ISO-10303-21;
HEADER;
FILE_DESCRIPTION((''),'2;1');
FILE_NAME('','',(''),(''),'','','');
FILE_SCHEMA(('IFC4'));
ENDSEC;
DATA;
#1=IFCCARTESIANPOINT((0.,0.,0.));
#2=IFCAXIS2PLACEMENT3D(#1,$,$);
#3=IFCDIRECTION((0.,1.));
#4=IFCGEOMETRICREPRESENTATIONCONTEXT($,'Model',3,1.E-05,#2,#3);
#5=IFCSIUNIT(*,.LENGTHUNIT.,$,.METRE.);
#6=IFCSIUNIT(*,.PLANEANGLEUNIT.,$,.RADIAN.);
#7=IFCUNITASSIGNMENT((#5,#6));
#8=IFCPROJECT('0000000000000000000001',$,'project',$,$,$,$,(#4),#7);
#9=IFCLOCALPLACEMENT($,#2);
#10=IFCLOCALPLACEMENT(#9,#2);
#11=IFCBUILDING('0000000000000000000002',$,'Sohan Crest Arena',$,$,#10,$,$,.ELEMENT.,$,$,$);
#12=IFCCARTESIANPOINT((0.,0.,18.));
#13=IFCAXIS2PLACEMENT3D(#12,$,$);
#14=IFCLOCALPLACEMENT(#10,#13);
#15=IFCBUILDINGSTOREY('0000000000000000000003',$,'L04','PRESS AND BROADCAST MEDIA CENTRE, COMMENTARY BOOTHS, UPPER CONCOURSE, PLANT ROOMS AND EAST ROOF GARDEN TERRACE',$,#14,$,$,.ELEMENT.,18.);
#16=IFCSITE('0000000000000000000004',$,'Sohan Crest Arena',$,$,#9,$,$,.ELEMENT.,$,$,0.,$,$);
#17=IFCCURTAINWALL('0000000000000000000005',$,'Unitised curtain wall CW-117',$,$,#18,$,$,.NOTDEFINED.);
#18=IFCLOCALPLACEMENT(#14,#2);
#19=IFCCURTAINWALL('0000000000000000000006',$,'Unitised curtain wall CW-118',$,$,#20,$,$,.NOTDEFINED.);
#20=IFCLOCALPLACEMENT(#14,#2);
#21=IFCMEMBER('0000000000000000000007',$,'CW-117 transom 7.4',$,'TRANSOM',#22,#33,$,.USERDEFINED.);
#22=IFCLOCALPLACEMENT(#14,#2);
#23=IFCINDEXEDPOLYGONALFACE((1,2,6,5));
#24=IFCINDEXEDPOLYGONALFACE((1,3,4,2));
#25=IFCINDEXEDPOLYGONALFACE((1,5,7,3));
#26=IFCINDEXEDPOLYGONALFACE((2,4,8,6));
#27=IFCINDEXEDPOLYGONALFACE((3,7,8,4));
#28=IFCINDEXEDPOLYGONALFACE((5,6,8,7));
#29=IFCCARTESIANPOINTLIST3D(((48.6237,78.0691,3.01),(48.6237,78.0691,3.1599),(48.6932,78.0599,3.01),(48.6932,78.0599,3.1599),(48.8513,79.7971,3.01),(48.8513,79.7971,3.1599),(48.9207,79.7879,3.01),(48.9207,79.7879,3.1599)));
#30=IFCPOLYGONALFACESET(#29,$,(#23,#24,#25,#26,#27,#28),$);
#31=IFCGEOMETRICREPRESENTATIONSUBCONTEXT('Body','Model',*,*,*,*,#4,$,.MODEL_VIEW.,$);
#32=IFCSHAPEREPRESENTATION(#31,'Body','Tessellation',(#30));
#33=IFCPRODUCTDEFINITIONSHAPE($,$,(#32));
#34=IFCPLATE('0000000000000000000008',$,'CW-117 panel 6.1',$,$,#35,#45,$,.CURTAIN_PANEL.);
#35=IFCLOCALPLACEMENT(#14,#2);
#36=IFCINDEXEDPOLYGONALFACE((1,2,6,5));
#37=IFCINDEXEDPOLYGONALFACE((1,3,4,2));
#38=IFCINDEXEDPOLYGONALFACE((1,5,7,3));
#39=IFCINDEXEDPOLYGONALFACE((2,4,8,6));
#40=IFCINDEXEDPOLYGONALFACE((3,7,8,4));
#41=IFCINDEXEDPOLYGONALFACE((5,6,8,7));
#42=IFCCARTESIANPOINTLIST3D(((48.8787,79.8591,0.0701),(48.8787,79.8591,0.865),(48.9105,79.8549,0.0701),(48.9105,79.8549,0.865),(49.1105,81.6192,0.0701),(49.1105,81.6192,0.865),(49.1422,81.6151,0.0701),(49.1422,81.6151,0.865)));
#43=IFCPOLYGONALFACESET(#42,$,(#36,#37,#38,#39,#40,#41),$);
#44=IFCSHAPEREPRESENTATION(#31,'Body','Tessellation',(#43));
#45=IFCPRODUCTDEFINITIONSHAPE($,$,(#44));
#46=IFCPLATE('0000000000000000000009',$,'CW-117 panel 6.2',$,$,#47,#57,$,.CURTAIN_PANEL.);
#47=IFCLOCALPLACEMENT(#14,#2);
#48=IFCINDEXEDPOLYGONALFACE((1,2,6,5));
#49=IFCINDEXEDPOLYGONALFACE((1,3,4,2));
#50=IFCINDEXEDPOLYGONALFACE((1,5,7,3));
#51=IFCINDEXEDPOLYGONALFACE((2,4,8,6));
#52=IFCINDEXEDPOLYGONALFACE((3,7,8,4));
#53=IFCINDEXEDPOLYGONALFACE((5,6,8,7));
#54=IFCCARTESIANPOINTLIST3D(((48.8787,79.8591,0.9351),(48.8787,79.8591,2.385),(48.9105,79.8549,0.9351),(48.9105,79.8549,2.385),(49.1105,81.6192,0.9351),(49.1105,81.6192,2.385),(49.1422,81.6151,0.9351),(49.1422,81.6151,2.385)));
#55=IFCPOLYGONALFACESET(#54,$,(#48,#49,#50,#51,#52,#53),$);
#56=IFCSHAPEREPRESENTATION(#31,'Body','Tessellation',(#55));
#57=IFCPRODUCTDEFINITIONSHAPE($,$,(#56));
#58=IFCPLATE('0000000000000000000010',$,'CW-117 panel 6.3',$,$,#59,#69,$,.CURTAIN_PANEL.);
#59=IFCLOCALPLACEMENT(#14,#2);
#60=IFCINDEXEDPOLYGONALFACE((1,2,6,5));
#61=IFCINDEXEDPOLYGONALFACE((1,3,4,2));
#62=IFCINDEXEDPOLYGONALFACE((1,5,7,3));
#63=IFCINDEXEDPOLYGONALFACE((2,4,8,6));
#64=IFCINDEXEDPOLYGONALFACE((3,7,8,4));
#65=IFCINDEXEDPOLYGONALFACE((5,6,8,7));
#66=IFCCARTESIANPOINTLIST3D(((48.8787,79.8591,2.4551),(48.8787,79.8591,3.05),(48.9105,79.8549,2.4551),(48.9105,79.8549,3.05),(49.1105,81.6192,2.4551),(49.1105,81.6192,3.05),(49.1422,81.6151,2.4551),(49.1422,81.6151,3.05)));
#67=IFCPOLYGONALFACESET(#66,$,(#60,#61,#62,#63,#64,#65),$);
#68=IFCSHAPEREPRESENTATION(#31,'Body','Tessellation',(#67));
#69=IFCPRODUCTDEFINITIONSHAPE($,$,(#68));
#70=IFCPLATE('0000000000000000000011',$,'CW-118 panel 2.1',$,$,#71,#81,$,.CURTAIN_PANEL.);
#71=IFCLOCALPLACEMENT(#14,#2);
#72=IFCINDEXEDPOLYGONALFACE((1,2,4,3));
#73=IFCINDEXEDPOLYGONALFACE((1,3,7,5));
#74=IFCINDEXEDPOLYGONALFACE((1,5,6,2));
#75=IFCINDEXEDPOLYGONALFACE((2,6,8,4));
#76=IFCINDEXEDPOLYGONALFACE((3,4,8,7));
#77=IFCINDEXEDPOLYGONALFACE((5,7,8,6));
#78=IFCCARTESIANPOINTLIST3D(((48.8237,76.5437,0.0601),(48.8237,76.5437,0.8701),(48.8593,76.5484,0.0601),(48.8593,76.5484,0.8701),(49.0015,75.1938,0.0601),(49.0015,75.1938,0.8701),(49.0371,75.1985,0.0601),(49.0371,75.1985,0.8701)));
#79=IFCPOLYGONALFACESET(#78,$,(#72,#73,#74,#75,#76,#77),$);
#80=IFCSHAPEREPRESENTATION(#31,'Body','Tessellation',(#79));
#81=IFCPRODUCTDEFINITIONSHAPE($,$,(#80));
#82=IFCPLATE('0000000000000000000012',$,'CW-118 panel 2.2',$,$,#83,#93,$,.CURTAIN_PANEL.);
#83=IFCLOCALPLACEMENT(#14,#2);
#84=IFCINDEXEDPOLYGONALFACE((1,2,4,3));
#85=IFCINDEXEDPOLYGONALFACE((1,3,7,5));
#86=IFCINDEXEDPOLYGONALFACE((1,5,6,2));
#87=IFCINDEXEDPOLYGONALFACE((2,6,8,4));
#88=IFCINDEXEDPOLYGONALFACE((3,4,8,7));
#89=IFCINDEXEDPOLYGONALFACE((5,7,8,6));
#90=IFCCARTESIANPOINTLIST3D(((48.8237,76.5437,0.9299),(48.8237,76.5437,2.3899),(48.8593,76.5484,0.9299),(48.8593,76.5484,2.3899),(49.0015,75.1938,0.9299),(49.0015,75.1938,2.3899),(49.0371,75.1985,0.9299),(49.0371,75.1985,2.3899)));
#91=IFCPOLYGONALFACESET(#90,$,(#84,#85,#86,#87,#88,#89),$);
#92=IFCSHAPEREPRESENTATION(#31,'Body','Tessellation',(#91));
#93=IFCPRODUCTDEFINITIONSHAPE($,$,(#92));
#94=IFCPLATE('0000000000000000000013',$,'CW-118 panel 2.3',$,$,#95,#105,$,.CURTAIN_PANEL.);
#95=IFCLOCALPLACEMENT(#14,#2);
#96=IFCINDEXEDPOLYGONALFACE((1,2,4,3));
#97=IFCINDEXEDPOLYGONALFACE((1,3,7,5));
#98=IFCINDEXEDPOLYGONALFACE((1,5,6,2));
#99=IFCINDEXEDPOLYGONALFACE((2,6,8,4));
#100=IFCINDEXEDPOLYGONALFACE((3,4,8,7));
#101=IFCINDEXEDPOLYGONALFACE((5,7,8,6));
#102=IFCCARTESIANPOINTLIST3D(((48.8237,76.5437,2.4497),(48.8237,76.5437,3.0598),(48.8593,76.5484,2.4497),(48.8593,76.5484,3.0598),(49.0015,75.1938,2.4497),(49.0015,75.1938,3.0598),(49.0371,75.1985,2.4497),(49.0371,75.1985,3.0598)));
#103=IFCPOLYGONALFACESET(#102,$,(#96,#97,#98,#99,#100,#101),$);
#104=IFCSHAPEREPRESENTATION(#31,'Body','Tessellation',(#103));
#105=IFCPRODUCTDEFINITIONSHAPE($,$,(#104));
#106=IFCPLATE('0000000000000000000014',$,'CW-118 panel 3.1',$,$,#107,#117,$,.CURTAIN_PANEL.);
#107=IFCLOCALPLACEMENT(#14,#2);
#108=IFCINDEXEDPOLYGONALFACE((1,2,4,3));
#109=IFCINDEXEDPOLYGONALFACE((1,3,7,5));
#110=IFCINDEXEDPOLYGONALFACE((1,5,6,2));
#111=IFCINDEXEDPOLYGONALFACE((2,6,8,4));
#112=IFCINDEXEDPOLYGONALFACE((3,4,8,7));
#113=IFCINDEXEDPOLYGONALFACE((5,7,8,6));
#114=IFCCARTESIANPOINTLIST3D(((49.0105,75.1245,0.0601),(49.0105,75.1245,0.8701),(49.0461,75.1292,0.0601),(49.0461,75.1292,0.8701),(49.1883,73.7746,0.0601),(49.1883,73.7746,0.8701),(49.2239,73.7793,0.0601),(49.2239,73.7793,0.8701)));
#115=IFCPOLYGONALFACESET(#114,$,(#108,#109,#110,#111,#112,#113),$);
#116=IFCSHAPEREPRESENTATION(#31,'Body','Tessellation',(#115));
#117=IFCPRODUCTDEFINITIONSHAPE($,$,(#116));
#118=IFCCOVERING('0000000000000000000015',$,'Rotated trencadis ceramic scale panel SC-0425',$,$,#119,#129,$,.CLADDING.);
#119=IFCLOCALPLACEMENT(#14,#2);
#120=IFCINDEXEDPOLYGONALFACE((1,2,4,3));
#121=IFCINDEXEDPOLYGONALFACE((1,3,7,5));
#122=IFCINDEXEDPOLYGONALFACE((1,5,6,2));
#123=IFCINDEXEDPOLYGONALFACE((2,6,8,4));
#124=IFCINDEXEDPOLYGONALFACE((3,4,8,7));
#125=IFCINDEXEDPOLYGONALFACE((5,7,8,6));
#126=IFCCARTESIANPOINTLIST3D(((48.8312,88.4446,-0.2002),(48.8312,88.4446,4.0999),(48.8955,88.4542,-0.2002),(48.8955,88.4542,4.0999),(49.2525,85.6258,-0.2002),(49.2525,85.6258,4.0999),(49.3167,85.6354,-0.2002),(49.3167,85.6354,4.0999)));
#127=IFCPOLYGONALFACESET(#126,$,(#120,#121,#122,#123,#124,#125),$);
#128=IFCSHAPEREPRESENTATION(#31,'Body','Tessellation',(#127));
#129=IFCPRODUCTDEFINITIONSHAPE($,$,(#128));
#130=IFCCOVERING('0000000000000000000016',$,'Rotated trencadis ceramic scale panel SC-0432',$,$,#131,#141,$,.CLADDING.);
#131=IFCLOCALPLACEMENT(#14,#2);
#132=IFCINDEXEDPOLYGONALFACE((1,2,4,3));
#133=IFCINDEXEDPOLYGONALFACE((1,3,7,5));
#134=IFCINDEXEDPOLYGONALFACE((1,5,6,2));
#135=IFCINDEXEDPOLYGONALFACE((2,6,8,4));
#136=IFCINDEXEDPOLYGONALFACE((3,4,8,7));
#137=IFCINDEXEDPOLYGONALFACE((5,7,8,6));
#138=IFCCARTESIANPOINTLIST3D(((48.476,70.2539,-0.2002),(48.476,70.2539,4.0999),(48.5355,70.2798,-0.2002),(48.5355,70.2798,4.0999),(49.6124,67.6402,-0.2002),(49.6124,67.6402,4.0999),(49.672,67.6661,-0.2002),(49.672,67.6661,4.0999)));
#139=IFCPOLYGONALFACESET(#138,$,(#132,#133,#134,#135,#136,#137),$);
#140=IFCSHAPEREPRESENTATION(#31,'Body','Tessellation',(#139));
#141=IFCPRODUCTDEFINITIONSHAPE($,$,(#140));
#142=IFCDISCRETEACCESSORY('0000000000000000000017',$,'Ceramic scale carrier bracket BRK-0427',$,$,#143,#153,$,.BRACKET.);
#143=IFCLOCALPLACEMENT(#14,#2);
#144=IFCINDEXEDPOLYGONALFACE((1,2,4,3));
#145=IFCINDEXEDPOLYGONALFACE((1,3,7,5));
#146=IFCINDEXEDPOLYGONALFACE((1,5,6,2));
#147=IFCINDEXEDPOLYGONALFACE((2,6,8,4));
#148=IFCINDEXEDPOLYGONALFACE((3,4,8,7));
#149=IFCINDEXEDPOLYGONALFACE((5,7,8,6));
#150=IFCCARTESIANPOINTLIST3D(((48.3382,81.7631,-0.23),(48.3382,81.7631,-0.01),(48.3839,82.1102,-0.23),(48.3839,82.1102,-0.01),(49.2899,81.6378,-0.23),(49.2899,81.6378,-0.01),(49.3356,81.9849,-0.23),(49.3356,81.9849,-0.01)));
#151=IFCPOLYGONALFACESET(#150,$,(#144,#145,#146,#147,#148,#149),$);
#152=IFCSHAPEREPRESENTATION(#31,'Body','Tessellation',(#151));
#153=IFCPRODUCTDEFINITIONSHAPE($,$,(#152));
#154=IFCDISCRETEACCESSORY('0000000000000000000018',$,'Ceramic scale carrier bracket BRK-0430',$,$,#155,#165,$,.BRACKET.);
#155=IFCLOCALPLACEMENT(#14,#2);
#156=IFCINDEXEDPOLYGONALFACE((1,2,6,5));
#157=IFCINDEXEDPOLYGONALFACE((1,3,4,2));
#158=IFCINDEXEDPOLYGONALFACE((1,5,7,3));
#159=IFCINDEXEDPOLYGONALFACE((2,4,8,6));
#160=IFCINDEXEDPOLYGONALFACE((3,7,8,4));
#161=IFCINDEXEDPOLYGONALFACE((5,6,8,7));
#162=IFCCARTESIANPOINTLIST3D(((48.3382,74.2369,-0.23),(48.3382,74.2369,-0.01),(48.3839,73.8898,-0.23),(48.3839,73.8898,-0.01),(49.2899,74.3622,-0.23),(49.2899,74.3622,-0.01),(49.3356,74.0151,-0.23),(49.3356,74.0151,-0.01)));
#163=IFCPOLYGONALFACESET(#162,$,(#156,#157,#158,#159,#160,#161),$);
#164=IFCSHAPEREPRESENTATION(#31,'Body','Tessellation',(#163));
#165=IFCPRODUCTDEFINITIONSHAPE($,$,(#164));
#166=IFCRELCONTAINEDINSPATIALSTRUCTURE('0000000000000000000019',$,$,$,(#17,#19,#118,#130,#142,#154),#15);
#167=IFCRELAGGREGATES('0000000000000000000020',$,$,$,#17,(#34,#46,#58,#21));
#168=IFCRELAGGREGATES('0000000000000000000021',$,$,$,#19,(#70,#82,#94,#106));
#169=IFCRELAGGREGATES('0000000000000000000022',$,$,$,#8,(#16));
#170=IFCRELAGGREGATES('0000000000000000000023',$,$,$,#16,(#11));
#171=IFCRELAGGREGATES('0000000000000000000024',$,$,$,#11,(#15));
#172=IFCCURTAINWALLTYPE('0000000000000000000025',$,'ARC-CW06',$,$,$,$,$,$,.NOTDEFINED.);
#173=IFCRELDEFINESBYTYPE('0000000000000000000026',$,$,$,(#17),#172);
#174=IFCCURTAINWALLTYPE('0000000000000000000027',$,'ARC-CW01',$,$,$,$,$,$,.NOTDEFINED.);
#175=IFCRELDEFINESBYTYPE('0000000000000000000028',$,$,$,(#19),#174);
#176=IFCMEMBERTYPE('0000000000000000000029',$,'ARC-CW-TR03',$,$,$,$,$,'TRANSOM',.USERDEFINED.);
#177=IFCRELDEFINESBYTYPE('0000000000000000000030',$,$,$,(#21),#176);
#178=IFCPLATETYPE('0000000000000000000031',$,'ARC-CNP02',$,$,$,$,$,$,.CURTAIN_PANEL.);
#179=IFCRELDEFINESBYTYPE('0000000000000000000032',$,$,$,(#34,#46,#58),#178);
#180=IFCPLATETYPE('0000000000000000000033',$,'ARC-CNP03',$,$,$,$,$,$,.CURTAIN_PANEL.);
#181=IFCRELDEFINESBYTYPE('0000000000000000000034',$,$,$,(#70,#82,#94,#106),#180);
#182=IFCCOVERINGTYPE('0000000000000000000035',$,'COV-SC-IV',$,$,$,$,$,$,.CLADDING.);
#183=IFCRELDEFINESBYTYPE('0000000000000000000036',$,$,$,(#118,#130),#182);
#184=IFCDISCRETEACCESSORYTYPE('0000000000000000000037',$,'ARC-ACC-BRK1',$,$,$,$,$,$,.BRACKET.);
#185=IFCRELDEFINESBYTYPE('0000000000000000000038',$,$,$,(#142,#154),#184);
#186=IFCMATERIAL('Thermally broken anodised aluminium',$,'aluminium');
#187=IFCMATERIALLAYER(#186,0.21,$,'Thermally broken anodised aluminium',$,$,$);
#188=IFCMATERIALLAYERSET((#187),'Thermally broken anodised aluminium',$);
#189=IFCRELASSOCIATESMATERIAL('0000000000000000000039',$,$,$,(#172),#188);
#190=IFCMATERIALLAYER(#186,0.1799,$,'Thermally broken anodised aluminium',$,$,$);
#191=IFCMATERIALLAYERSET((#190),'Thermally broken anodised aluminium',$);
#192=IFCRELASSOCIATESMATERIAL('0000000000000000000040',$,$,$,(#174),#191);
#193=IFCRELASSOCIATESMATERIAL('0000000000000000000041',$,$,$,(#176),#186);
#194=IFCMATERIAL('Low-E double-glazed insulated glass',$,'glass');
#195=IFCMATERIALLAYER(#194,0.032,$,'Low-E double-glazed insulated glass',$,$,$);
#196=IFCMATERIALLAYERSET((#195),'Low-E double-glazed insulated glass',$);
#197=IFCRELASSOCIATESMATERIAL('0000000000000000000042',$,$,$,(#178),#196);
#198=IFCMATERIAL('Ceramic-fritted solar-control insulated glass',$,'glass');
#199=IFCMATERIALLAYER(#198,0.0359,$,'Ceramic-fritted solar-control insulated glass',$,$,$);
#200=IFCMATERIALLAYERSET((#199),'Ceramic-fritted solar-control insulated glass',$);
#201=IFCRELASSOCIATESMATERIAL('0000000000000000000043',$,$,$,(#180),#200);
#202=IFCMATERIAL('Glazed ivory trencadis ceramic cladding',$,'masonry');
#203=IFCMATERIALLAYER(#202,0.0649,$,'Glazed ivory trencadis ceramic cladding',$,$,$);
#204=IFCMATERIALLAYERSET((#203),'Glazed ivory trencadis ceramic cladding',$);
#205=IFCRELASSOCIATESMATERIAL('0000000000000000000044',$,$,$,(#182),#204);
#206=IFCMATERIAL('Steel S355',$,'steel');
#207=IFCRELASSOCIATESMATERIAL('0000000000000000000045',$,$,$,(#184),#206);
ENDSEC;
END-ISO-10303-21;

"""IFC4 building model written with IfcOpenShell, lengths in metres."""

from ifc_helpers import new_model, si_unit, direction, frame, origin, origin_2d, place, context, subcontext, project, spatial, rectangle, extrude, material, layer, layer_set, material_profile, profile_set, type_object, element, aggregate, save


model = new_model("IFC4")

# Units and contexts
model_context = context("Model", 3, precision=1e-05, world=origin(), true_north=direction((0.0, 1.0)))
body_context = subcontext(model_context, "Body", "Model", "MODEL_VIEW")
ifc_project = project(units=[si_unit("LENGTHUNIT", "METRE"), si_unit("PLANEANGLEUNIT", "RADIAN")], contexts=[model_context])

# Site, building, storey
site_placement = place(None, origin())
site = spatial("IfcSite", under=ifc_project, at=site_placement, Name="Sohan Crest Arena", CompositionType="ELEMENT", RefElevation=0.0)
building_placement = place(site_placement, origin())
building = spatial("IfcBuilding", under=site, at=building_placement, Name="Sohan Crest Arena", CompositionType="ELEMENT")
storey_placement = place(building_placement, frame((0.0, 0.0, 18.0)))
storey = spatial("IfcBuildingStorey", under=building, at=storey_placement, Name="L04", Description="PRESS AND BROADCAST MEDIA CENTRE, COMMENTARY BOOTHS, UPPER CONCOURSE, PLANT ROOMS AND EAST ROOF GARDEN TERRACE", CompositionType="ELEMENT", Elevation=18.0)

# Curtain wall
ifc_material_1 = material(Name="Thermally broken anodised aluminium", Category="aluminium")
ifc_layer_1 = layer(ifc_material_1, 0.21, Name="Thermally broken anodised aluminium")
ifc_layer_set_1 = layer_set([ifc_layer_1], Name="Thermally broken anodised aluminium")
curtain_wall_type_1 = type_object("IfcCurtainWallType", Name="ARC-CW06", PredefinedType="NOTDEFINED", material=ifc_layer_set_1)
curtain_wall_1_placement = place(storey_placement, origin())
curtain_wall_1 = element("IfcCurtainWall", 1, at=curtain_wall_1_placement, inside=storey, type_object=curtain_wall_type_1, Name="Unitised curtain wall CW-117", PredefinedType="NOTDEFINED")

# Curtain wall
ifc_layer_2 = layer(ifc_material_1, 0.1799, Name="Thermally broken anodised aluminium")
ifc_layer_set_2 = layer_set([ifc_layer_2], Name="Thermally broken anodised aluminium")
curtain_wall_type_2 = type_object("IfcCurtainWallType", Name="ARC-CW01", PredefinedType="NOTDEFINED", material=ifc_layer_set_2)
curtain_wall_2_placement = place(storey_placement, origin())
curtain_wall_2 = element("IfcCurtainWall", 2, at=curtain_wall_2_placement, inside=storey, type_object=curtain_wall_type_2, Name="Unitised curtain wall CW-118", PredefinedType="NOTDEFINED")

# Member
ifc_material_profile_1 = material_profile(ifc_material_1, rectangle(XDim=0.0701, YDim=0.1499, at=origin_2d()), Name="ALU-TRAN 70x150")
ifc_profile_set_1 = profile_set([ifc_material_profile_1], Name="Thermally broken anodised aluminium")
member_type_1 = type_object("IfcMemberType", Name="ARC-CW-TR03", ElementType="TRANSOM", PredefinedType="USERDEFINED", material=ifc_profile_set_1)
member_1_placement = place(storey_placement, frame((48.886, 79.7925, 3.085), z_axis=(-0.130549, -0.991442, 0.0), x_axis=(0.991442, -0.130549, 0.0)))
member_1 = element("IfcMember", 3, at=member_1_placement, type_object=member_type_1, Name="CW-117 transom 7.4", ObjectType="TRANSOM", PredefinedType="USERDEFINED", context=body_context, shape_type="SweptSolid", body=[
    extrude(rectangle(XDim=0.0701, YDim=0.1499, at=origin_2d()), origin(), (0.0, 0.0, 1.0), 1.7429),
])

# Plates
ifc_material_2 = material(Name="Low-E double-glazed insulated glass", Category="glass")
ifc_layer_3 = layer(ifc_material_2, 0.032, Name="Low-E double-glazed insulated glass")
ifc_layer_set_3 = layer_set([ifc_layer_3], Name="Low-E double-glazed insulated glass")
plate_type_1 = type_object("IfcPlateType", Name="ARC-CNP02", PredefinedType="CURTAIN_PANEL", material=ifc_layer_set_3)
plate_1_placement = place(storey_placement, frame((49.0105, 80.7371, 0.0701), z_axis=(0.0, 0.0, 1.0), x_axis=(-0.130557, -0.991441, 0.0)))
plate_1 = element("IfcPlate", 4, at=plate_1_placement, type_object=plate_type_1, Name="CW-117 panel 6.1", PredefinedType="CURTAIN_PANEL", context=body_context, shape_type="SweptSolid", body=[
    extrude(rectangle(XDim=1.7754, YDim=0.032, at=origin_2d()), origin(), (0.0, 0.0, 1.0), 0.7949),
])
plate_2_placement = place(storey_placement, frame((49.0105, 80.7371, 0.9351), z_axis=(0.0, 0.0, 1.0), x_axis=(-0.130557, -0.991441, 0.0)))
plate_2 = element("IfcPlate", 5, at=plate_2_placement, type_object=plate_type_1, Name="CW-117 panel 6.2", PredefinedType="CURTAIN_PANEL", context=body_context, shape_type="SweptSolid", body=[
    extrude(rectangle(XDim=1.7754, YDim=0.032, at=origin_2d()), origin(), (0.0, 0.0, 1.0), 1.45),
])
plate_3_placement = place(storey_placement, frame((49.0105, 80.7371, 2.4551), z_axis=(0.0, 0.0, 1.0), x_axis=(-0.130557, -0.991441, 0.0)))
plate_3 = element("IfcPlate", 6, at=plate_3_placement, type_object=plate_type_1, Name="CW-117 panel 6.3", PredefinedType="CURTAIN_PANEL", context=body_context, shape_type="SweptSolid", body=[
    extrude(rectangle(XDim=1.7754, YDim=0.032, at=origin_2d()), origin(), (0.0, 0.0, 1.0), 0.595),
])
aggregate(curtain_wall_1, [plate_1, plate_2, plate_3, member_1])
ifc_material_3 = material(Name="Ceramic-fritted solar-control insulated glass", Category="glass")
ifc_layer_4 = layer(ifc_material_3, 0.0359, Name="Ceramic-fritted solar-control insulated glass")
ifc_layer_set_4 = layer_set([ifc_layer_4], Name="Ceramic-fritted solar-control insulated glass")
plate_type_2 = type_object("IfcPlateType", Name="ARC-CNP03", PredefinedType="CURTAIN_PANEL", material=ifc_layer_set_4)
plate_4_placement = place(storey_placement, frame((48.9304, 75.8711, 0.0601), z_axis=(0.0, 0.0, 1.0), x_axis=(0.130557, -0.991441, 0.0)))
plate_4 = element("IfcPlate", 7, at=plate_4_placement, type_object=plate_type_2, Name="CW-118 panel 2.1", PredefinedType="CURTAIN_PANEL", context=body_context, shape_type="SweptSolid", body=[
    extrude(rectangle(XDim=1.3616, YDim=0.0359, at=origin_2d()), origin(), (0.0, 0.0, 1.0), 0.8101),
])
plate_5_placement = place(storey_placement, frame((48.9304, 75.8711, 0.9299), z_axis=(0.0, 0.0, 1.0), x_axis=(0.130557, -0.991441, 0.0)))
plate_5 = element("IfcPlate", 8, at=plate_5_placement, type_object=plate_type_2, Name="CW-118 panel 2.2", PredefinedType="CURTAIN_PANEL", context=body_context, shape_type="SweptSolid", body=[
    extrude(rectangle(XDim=1.3616, YDim=0.0359, at=origin_2d()), origin(), (0.0, 0.0, 1.0), 1.46),
])
plate_6_placement = place(storey_placement, frame((48.9304, 75.8711, 2.4497), z_axis=(0.0, 0.0, 1.0), x_axis=(0.130557, -0.991441, 0.0)))
plate_6 = element("IfcPlate", 9, at=plate_6_placement, type_object=plate_type_2, Name="CW-118 panel 2.3", PredefinedType="CURTAIN_PANEL", context=body_context, shape_type="SweptSolid", body=[
    extrude(rectangle(XDim=1.3616, YDim=0.0359, at=origin_2d()), origin(), (0.0, 0.0, 1.0), 0.6101),
])
plate_7_placement = place(storey_placement, frame((49.1172, 74.4519, 0.0601), z_axis=(0.0, 0.0, 1.0), x_axis=(0.130557, -0.991441, 0.0)))
plate_7 = element("IfcPlate", 10, at=plate_7_placement, type_object=plate_type_2, Name="CW-118 panel 3.1", PredefinedType="CURTAIN_PANEL", context=body_context, shape_type="SweptSolid", body=[
    extrude(rectangle(XDim=1.3616, YDim=0.0359, at=origin_2d()), origin(), (0.0, 0.0, 1.0), 0.8101),
])
aggregate(curtain_wall_2, [plate_4, plate_5, plate_6, plate_7])

# Coverings
ifc_material_4 = material(Name="Glazed ivory trencadis ceramic cladding", Category="masonry")
ifc_layer_5 = layer(ifc_material_4, 0.0649, Name="Glazed ivory trencadis ceramic cladding")
ifc_layer_set_5 = layer_set([ifc_layer_5], Name="Glazed ivory trencadis ceramic cladding")
covering_type = type_object("IfcCoveringType", Name="COV-SC-IV", PredefinedType="CLADDING", material=ifc_layer_set_5)
for number, where, z_axis, x_axis, name in (
    (11, (49.074, 87.04, -0.2002), (0.0, 0.0, 1.0), (0.147809, -0.989016, 0.0), "Rotated trencadis ceramic scale panel SC-0425"),
    (12, (49.074, 68.96, -0.2002), (0.0, 0.0, 1.0), (0.398749, -0.91706, 0.0), "Rotated trencadis ceramic scale panel SC-0432"),
):
    element("IfcCovering", number, at=place(storey_placement, frame(where, z_axis=z_axis, x_axis=x_axis)), inside=storey, type_object=covering_type, Name=name, PredefinedType="CLADDING", context=body_context, shape_type="SweptSolid", body=[
        extrude(rectangle(XDim=2.8501, YDim=0.0649, at=origin_2d()), origin(), (0.0, 0.0, 1.0), 4.3),
    ])

# Discrete accessories
ifc_material_5 = material(Name="Steel S355", Category="steel")
discrete_accessory_type = type_object("IfcDiscreteAccessoryType", Name="ARC-ACC-BRK1", PredefinedType="BRACKET", material=ifc_material_5)
for number, where, z_axis, x_axis, name in (
    (13, (48.8369, 81.874, -0.23), (0.0, 0.0, 1.0), (-0.130526, -0.991445, 0.0), "Ceramic scale carrier bracket BRK-0427"),
    (14, (48.8369, 74.126, -0.23), (0.0, 0.0, 1.0), (0.130526, -0.991445, 0.0), "Ceramic scale carrier bracket BRK-0430"),
):
    element("IfcDiscreteAccessory", number, at=place(storey_placement, frame(where, z_axis=z_axis, x_axis=x_axis)), inside=storey, type_object=discrete_accessory_type, Name=name, PredefinedType="BRACKET", context=body_context, shape_type="SweptSolid", body=[
        extrude(rectangle(XDim=0.3501, YDim=0.96, at=origin_2d()), origin(), (0.0, 0.0, 1.0), 0.22),
    ])

save(model, "model.ifc")
